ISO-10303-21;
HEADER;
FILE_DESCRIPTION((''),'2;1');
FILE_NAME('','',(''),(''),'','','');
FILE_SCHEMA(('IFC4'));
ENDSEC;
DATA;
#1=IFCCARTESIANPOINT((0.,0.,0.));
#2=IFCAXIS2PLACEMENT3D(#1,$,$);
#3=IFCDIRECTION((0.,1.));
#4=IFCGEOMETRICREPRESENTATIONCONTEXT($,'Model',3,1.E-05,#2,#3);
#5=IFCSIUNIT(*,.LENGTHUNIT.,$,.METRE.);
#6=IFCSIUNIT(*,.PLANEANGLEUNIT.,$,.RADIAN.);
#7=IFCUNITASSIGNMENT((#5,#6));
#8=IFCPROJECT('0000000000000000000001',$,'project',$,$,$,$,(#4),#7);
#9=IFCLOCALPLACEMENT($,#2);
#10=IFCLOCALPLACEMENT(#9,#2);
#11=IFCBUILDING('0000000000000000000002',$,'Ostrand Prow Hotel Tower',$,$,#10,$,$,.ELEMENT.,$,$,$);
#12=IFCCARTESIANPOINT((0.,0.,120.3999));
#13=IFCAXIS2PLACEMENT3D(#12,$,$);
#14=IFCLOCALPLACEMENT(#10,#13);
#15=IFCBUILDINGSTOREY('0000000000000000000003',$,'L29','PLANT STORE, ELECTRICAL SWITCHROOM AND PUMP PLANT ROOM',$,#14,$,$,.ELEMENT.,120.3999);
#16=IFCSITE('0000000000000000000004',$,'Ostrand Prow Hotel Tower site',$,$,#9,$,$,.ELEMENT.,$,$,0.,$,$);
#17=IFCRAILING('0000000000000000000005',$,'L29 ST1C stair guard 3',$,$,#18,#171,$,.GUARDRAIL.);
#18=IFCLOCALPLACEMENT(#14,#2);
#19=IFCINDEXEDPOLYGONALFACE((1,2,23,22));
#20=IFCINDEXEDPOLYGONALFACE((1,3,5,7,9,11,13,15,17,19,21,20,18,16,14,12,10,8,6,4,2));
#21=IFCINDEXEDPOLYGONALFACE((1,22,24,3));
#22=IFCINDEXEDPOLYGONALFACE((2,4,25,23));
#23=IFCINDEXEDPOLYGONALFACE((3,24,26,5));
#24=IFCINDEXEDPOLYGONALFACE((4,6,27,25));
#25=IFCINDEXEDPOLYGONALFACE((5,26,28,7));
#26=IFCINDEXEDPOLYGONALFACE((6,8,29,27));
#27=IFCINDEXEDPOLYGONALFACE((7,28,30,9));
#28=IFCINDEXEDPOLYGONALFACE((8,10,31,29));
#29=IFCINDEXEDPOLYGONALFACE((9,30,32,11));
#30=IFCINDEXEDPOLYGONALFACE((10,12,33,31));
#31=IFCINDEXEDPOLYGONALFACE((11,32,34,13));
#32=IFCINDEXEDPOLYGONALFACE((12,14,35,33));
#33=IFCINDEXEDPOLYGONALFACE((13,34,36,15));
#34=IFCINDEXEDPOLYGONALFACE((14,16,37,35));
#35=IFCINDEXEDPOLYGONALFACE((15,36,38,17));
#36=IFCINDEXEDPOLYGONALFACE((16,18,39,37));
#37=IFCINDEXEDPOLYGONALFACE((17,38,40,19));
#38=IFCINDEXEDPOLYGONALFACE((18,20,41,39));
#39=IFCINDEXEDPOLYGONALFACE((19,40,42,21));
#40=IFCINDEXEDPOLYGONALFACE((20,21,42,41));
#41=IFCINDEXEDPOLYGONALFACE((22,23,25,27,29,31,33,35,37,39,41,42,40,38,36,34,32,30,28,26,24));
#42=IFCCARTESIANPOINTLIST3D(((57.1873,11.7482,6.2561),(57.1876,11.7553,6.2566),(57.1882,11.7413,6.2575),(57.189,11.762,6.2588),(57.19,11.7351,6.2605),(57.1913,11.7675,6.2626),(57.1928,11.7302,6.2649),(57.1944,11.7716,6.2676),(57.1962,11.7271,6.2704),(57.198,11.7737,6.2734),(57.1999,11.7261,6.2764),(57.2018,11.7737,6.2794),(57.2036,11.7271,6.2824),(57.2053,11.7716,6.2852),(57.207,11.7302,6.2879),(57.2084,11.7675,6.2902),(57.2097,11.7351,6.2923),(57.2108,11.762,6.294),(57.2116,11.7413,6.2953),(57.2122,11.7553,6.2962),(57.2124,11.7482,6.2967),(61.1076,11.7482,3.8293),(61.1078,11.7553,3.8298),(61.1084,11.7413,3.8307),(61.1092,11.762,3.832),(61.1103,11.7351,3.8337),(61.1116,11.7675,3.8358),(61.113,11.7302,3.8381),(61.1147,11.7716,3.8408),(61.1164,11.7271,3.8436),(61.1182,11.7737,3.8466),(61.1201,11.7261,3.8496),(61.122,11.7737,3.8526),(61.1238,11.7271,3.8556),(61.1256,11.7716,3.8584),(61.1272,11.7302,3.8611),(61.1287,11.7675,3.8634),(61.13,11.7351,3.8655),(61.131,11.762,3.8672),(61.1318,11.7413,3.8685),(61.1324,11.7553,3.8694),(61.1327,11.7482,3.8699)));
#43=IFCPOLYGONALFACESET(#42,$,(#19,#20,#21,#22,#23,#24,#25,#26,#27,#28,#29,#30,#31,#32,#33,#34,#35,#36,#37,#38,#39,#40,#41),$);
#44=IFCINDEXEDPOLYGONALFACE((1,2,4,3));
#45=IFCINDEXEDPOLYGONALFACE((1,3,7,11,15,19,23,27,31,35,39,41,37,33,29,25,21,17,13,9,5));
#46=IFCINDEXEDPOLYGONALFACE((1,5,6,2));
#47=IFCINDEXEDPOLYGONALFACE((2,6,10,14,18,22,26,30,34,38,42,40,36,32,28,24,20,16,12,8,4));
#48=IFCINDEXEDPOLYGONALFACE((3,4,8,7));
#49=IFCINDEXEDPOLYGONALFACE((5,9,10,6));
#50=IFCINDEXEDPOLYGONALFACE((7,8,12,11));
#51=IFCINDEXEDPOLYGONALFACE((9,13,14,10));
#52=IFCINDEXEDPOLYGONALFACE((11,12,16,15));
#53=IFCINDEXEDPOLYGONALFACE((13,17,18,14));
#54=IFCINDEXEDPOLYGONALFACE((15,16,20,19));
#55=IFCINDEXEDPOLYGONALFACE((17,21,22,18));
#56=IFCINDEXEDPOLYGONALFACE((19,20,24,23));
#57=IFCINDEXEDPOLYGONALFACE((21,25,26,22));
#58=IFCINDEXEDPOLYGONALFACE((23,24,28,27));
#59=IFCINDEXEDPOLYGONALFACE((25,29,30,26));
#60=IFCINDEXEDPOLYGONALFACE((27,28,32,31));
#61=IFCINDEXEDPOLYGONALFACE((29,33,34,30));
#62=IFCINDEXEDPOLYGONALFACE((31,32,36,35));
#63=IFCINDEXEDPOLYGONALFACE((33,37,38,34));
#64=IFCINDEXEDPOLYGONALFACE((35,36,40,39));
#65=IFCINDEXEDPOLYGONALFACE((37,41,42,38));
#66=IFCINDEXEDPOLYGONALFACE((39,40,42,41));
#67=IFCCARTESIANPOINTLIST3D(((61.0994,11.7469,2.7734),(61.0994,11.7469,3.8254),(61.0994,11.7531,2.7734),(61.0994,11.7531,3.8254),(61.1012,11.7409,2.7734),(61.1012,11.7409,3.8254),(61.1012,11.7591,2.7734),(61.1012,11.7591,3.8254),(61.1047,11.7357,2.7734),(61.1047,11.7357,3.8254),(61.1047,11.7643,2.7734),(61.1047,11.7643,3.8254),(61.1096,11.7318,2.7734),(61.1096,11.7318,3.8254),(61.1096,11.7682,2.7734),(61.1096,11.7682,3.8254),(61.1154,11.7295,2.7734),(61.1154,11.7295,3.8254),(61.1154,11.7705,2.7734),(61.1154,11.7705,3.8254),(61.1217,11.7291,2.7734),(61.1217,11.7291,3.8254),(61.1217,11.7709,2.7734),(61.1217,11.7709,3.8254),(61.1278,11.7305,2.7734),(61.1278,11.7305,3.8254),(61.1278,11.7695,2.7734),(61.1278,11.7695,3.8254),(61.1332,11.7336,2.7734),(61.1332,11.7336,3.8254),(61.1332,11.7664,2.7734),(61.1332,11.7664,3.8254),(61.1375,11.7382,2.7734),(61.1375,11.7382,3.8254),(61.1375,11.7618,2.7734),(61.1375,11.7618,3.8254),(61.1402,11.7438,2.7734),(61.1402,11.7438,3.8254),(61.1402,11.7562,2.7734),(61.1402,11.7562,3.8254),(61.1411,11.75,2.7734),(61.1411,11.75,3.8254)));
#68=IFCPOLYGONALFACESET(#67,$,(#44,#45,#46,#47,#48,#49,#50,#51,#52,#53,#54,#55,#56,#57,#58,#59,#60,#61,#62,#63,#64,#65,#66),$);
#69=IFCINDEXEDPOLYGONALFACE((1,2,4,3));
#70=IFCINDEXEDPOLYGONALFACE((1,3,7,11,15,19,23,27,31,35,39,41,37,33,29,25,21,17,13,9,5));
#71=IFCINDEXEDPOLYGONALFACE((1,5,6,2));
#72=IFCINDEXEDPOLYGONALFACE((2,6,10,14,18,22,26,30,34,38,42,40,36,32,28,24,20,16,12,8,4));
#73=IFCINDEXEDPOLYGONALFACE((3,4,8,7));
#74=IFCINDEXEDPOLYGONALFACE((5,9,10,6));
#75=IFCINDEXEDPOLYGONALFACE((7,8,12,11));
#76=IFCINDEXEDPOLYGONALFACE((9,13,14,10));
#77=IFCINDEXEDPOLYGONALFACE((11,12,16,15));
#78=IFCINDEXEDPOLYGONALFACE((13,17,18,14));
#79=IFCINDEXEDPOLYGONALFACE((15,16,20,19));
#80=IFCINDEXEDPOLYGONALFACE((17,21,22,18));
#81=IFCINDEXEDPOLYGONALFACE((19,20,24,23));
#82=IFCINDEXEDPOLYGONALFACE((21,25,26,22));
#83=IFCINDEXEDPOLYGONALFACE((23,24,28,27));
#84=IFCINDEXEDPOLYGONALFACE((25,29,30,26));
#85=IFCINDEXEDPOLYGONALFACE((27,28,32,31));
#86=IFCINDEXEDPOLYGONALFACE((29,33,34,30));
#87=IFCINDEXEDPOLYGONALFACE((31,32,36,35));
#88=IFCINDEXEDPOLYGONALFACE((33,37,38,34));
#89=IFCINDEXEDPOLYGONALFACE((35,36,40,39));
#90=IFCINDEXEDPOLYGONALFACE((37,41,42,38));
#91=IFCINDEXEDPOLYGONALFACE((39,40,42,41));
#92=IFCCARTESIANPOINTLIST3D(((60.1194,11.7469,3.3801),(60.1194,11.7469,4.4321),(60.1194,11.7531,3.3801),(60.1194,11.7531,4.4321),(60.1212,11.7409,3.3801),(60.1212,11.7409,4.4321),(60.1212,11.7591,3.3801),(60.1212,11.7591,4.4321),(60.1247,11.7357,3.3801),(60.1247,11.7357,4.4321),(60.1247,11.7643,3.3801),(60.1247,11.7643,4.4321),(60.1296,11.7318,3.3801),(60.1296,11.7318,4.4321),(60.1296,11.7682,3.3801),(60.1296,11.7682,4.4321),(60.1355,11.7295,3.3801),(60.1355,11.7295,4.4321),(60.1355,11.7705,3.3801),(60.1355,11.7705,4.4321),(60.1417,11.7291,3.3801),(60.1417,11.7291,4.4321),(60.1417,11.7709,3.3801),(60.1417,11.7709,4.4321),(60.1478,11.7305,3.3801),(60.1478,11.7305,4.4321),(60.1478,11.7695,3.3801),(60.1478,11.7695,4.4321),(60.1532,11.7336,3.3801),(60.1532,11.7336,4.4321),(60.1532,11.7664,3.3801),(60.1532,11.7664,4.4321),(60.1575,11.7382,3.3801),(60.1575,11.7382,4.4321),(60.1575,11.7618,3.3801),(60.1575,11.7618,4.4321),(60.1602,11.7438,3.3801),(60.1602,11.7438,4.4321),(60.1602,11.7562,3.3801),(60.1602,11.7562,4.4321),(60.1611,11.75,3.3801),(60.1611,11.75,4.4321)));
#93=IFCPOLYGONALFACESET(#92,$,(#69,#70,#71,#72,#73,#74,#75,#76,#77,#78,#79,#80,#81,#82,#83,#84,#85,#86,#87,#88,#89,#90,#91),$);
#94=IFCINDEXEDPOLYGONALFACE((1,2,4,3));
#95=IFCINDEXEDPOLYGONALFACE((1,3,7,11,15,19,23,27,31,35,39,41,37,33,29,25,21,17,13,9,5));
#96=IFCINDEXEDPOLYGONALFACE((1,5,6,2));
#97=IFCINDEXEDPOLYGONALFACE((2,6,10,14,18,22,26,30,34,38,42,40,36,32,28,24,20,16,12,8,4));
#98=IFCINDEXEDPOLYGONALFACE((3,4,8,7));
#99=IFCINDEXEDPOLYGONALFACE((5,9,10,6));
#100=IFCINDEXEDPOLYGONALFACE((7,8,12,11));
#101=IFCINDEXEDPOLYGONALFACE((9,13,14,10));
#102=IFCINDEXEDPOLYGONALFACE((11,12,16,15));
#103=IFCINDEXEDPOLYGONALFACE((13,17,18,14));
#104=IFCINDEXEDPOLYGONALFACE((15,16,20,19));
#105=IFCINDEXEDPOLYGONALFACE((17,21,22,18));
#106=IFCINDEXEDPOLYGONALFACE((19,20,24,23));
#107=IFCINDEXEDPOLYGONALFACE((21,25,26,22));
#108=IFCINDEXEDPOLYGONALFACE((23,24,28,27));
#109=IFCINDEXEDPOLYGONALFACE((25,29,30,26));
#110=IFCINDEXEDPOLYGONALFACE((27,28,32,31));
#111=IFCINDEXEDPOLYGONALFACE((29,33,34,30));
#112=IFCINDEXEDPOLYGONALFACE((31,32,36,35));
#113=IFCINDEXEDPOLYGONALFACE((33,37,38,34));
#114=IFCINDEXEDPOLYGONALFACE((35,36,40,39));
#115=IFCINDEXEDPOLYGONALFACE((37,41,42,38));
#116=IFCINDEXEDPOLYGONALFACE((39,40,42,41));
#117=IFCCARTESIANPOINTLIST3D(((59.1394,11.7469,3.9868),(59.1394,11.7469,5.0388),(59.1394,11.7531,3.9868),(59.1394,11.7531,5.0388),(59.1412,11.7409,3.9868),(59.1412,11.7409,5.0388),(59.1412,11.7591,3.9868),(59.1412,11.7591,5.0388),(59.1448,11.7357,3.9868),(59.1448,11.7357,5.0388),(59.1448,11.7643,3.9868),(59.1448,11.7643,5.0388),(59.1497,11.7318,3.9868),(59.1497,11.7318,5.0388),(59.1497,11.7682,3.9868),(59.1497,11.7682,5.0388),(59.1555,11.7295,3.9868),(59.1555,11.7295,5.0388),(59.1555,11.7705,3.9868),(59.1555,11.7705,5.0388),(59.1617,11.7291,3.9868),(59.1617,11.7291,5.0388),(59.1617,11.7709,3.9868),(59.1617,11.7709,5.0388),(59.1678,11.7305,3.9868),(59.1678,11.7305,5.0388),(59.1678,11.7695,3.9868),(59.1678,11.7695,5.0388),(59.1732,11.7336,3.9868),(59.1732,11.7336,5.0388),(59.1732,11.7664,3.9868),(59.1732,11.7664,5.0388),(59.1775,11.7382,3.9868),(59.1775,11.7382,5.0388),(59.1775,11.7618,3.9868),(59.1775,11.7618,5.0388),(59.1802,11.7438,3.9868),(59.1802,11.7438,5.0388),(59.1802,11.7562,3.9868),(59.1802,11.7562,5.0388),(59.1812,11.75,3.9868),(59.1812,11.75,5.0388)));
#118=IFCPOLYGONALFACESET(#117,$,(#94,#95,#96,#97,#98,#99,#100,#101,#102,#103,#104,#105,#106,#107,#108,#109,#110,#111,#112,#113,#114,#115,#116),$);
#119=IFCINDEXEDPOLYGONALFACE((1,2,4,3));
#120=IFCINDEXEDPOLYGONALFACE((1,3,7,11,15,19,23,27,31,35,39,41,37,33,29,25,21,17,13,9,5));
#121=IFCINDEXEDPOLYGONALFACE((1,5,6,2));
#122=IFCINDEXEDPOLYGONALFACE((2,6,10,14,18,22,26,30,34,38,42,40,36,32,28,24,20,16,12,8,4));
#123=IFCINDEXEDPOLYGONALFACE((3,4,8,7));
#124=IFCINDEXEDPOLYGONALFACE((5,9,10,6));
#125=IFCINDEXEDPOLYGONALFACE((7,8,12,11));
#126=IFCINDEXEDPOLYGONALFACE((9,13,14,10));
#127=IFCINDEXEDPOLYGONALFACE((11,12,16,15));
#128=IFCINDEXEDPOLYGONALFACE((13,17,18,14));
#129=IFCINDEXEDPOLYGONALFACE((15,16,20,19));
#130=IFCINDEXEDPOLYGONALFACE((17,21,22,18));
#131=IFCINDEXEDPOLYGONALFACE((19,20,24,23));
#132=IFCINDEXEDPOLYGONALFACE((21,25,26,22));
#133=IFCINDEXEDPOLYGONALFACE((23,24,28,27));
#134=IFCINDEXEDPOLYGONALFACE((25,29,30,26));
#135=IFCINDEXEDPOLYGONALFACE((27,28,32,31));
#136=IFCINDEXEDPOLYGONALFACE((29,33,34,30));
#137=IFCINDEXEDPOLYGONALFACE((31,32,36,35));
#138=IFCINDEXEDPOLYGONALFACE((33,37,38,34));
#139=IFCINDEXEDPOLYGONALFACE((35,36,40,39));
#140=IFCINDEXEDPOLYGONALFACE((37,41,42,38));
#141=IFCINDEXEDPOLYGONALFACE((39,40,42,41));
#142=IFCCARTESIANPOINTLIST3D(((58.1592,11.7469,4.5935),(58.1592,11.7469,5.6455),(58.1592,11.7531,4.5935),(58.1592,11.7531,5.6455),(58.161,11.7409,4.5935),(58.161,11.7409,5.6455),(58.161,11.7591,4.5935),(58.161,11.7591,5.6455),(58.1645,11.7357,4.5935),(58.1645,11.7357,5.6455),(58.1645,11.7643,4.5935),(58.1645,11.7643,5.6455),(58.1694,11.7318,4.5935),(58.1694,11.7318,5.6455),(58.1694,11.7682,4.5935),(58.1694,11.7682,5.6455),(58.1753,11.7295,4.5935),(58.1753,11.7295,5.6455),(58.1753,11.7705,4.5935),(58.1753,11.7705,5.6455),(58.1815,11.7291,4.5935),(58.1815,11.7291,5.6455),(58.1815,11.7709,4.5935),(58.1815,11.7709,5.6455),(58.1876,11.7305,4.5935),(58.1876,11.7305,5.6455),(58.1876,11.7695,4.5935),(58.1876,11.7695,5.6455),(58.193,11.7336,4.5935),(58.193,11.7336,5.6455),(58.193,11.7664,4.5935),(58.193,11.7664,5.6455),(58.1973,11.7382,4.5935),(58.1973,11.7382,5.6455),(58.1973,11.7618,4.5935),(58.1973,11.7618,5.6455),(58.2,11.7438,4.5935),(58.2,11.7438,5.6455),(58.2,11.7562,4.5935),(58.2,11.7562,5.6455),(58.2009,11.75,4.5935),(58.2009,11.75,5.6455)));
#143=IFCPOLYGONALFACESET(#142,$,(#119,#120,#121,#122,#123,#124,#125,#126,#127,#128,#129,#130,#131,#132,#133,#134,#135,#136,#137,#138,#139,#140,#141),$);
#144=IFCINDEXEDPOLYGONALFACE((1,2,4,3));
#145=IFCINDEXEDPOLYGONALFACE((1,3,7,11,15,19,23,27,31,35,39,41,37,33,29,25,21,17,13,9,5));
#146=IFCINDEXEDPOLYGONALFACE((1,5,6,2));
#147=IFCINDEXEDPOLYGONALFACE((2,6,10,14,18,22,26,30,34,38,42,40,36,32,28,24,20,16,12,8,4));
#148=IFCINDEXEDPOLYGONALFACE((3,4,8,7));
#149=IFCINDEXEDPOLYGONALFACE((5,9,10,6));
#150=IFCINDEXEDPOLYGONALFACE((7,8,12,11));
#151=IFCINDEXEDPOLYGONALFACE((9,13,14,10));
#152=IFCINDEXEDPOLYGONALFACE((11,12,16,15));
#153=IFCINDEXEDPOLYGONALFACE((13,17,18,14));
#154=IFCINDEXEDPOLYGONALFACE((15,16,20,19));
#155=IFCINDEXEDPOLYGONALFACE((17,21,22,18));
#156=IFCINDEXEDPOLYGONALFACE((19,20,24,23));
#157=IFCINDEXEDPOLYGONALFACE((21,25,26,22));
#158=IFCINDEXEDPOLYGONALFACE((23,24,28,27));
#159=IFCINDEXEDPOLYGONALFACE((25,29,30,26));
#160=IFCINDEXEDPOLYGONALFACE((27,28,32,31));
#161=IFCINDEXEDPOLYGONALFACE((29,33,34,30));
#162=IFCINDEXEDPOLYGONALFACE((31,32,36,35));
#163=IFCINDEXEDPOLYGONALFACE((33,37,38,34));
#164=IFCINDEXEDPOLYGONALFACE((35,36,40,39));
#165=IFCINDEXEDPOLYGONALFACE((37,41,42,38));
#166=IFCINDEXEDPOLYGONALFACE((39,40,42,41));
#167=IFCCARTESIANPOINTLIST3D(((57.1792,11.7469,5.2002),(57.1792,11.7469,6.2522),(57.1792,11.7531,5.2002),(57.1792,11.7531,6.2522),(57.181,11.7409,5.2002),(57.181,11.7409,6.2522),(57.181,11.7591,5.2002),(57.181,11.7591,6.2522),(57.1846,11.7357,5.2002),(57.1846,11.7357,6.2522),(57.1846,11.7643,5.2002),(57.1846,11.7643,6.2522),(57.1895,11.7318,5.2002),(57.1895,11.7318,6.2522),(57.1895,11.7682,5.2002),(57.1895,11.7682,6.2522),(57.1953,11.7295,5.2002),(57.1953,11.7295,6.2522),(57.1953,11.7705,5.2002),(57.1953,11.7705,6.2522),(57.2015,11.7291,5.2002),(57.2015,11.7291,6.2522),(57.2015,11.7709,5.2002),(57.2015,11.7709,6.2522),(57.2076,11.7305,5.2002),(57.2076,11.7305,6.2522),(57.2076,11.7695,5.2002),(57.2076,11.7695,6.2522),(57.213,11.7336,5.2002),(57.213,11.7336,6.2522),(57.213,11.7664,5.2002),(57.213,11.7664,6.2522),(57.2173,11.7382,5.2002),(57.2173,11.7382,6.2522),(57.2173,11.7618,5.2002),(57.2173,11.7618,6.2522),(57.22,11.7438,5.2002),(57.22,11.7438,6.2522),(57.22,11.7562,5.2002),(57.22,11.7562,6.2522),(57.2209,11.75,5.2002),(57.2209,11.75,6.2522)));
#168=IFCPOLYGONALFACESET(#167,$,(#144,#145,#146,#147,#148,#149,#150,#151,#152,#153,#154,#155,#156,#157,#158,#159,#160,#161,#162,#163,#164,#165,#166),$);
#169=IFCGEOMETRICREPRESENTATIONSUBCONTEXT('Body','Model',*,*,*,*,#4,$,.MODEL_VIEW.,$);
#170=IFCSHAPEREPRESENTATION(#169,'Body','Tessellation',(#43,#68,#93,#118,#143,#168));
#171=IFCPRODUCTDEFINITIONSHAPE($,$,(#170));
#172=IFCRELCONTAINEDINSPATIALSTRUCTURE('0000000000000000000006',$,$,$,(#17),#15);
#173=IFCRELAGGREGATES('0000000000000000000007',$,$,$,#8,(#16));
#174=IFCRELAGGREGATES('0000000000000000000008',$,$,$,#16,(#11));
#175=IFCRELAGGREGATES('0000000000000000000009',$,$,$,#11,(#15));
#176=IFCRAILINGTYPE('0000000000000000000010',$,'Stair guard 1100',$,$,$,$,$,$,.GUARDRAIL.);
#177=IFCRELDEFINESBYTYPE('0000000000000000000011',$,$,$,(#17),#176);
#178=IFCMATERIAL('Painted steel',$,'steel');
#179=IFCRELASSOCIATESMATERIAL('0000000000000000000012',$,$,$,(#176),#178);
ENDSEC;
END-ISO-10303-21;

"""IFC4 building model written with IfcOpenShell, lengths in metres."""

from ifc_helpers import new_model, si_unit, direction, frame, origin, origin_2d, place, context, subcontext, project, spatial, circle, extrude, material, type_object, element, save


model = new_model("IFC4")

# Units and contexts
model_context = context("Model", 3, precision=1e-05, world=origin(), true_north=direction((0.0, 1.0)))
body_context = subcontext(model_context, "Body", "Model", "MODEL_VIEW")
ifc_project = project(units=[si_unit("LENGTHUNIT", "METRE"), si_unit("PLANEANGLEUNIT", "RADIAN")], contexts=[model_context])

# Site, building, storey
site_placement = place(None, origin())
site = spatial("IfcSite", under=ifc_project, at=site_placement, Name="Ostrand Prow Hotel Tower site", CompositionType="ELEMENT", RefElevation=0.0)
building_placement = place(site_placement, origin())
building = spatial("IfcBuilding", under=site, at=building_placement, Name="Ostrand Prow Hotel Tower", CompositionType="ELEMENT")
storey_placement = place(building_placement, frame((0.0, 0.0, 120.3999)))
storey = spatial("IfcBuildingStorey", under=building, at=storey_placement, Name="L29", Description="PLANT STORE, ELECTRICAL SWITCHROOM AND PUMP PLANT ROOM", CompositionType="ELEMENT", Elevation=120.3999)

# Railing
ifc_material_1 = material(Name="Painted steel", Category="steel")
railing_type_1 = type_object("IfcRailingType", Name="Stair guard 1100", PredefinedType="GUARDRAIL", material=ifc_material_1)
railing_1_placement = place(storey_placement, frame((61.1201, 11.75, 2.7734)))
element("IfcRailing", 1, at=railing_1_placement, inside=storey, type_object=railing_type_1, Name="L29 ST1C stair guard 3", PredefinedType="GUARDRAIL", context=body_context, shape_type="SweptSolid", body=[
    extrude(circle(Radius=0.0239, at=origin_2d()), frame((0.0, 0.0, 1.0762), z_axis=(-0.850266, 0.0, 0.526353), x_axis=(0.0, -1.0, 0.0)), (0.0, 0.0, 1.0), 4.6106),
    extrude(circle(Radius=0.021, at=origin_2d()), origin(), (0.0, 0.0, 1.0), 1.052),
    extrude(circle(Radius=0.021, at=origin_2d()), frame((-0.98, 0.0, 0.6067)), (0.0, 0.0, 1.0), 1.052),
    extrude(circle(Radius=0.021, at=origin_2d()), frame((-1.96, 0.0, 1.2134)), (0.0, 0.0, 1.0), 1.052),
    extrude(circle(Radius=0.021, at=origin_2d()), frame((-2.9402, 0.0, 1.8201)), (0.0, 0.0, 1.0), 1.052),
    extrude(circle(Radius=0.021, at=origin_2d()), frame((-3.9202, 0.0, 2.4268)), (0.0, 0.0, 1.0), 1.052),
])

save(model, "model.ifc")
